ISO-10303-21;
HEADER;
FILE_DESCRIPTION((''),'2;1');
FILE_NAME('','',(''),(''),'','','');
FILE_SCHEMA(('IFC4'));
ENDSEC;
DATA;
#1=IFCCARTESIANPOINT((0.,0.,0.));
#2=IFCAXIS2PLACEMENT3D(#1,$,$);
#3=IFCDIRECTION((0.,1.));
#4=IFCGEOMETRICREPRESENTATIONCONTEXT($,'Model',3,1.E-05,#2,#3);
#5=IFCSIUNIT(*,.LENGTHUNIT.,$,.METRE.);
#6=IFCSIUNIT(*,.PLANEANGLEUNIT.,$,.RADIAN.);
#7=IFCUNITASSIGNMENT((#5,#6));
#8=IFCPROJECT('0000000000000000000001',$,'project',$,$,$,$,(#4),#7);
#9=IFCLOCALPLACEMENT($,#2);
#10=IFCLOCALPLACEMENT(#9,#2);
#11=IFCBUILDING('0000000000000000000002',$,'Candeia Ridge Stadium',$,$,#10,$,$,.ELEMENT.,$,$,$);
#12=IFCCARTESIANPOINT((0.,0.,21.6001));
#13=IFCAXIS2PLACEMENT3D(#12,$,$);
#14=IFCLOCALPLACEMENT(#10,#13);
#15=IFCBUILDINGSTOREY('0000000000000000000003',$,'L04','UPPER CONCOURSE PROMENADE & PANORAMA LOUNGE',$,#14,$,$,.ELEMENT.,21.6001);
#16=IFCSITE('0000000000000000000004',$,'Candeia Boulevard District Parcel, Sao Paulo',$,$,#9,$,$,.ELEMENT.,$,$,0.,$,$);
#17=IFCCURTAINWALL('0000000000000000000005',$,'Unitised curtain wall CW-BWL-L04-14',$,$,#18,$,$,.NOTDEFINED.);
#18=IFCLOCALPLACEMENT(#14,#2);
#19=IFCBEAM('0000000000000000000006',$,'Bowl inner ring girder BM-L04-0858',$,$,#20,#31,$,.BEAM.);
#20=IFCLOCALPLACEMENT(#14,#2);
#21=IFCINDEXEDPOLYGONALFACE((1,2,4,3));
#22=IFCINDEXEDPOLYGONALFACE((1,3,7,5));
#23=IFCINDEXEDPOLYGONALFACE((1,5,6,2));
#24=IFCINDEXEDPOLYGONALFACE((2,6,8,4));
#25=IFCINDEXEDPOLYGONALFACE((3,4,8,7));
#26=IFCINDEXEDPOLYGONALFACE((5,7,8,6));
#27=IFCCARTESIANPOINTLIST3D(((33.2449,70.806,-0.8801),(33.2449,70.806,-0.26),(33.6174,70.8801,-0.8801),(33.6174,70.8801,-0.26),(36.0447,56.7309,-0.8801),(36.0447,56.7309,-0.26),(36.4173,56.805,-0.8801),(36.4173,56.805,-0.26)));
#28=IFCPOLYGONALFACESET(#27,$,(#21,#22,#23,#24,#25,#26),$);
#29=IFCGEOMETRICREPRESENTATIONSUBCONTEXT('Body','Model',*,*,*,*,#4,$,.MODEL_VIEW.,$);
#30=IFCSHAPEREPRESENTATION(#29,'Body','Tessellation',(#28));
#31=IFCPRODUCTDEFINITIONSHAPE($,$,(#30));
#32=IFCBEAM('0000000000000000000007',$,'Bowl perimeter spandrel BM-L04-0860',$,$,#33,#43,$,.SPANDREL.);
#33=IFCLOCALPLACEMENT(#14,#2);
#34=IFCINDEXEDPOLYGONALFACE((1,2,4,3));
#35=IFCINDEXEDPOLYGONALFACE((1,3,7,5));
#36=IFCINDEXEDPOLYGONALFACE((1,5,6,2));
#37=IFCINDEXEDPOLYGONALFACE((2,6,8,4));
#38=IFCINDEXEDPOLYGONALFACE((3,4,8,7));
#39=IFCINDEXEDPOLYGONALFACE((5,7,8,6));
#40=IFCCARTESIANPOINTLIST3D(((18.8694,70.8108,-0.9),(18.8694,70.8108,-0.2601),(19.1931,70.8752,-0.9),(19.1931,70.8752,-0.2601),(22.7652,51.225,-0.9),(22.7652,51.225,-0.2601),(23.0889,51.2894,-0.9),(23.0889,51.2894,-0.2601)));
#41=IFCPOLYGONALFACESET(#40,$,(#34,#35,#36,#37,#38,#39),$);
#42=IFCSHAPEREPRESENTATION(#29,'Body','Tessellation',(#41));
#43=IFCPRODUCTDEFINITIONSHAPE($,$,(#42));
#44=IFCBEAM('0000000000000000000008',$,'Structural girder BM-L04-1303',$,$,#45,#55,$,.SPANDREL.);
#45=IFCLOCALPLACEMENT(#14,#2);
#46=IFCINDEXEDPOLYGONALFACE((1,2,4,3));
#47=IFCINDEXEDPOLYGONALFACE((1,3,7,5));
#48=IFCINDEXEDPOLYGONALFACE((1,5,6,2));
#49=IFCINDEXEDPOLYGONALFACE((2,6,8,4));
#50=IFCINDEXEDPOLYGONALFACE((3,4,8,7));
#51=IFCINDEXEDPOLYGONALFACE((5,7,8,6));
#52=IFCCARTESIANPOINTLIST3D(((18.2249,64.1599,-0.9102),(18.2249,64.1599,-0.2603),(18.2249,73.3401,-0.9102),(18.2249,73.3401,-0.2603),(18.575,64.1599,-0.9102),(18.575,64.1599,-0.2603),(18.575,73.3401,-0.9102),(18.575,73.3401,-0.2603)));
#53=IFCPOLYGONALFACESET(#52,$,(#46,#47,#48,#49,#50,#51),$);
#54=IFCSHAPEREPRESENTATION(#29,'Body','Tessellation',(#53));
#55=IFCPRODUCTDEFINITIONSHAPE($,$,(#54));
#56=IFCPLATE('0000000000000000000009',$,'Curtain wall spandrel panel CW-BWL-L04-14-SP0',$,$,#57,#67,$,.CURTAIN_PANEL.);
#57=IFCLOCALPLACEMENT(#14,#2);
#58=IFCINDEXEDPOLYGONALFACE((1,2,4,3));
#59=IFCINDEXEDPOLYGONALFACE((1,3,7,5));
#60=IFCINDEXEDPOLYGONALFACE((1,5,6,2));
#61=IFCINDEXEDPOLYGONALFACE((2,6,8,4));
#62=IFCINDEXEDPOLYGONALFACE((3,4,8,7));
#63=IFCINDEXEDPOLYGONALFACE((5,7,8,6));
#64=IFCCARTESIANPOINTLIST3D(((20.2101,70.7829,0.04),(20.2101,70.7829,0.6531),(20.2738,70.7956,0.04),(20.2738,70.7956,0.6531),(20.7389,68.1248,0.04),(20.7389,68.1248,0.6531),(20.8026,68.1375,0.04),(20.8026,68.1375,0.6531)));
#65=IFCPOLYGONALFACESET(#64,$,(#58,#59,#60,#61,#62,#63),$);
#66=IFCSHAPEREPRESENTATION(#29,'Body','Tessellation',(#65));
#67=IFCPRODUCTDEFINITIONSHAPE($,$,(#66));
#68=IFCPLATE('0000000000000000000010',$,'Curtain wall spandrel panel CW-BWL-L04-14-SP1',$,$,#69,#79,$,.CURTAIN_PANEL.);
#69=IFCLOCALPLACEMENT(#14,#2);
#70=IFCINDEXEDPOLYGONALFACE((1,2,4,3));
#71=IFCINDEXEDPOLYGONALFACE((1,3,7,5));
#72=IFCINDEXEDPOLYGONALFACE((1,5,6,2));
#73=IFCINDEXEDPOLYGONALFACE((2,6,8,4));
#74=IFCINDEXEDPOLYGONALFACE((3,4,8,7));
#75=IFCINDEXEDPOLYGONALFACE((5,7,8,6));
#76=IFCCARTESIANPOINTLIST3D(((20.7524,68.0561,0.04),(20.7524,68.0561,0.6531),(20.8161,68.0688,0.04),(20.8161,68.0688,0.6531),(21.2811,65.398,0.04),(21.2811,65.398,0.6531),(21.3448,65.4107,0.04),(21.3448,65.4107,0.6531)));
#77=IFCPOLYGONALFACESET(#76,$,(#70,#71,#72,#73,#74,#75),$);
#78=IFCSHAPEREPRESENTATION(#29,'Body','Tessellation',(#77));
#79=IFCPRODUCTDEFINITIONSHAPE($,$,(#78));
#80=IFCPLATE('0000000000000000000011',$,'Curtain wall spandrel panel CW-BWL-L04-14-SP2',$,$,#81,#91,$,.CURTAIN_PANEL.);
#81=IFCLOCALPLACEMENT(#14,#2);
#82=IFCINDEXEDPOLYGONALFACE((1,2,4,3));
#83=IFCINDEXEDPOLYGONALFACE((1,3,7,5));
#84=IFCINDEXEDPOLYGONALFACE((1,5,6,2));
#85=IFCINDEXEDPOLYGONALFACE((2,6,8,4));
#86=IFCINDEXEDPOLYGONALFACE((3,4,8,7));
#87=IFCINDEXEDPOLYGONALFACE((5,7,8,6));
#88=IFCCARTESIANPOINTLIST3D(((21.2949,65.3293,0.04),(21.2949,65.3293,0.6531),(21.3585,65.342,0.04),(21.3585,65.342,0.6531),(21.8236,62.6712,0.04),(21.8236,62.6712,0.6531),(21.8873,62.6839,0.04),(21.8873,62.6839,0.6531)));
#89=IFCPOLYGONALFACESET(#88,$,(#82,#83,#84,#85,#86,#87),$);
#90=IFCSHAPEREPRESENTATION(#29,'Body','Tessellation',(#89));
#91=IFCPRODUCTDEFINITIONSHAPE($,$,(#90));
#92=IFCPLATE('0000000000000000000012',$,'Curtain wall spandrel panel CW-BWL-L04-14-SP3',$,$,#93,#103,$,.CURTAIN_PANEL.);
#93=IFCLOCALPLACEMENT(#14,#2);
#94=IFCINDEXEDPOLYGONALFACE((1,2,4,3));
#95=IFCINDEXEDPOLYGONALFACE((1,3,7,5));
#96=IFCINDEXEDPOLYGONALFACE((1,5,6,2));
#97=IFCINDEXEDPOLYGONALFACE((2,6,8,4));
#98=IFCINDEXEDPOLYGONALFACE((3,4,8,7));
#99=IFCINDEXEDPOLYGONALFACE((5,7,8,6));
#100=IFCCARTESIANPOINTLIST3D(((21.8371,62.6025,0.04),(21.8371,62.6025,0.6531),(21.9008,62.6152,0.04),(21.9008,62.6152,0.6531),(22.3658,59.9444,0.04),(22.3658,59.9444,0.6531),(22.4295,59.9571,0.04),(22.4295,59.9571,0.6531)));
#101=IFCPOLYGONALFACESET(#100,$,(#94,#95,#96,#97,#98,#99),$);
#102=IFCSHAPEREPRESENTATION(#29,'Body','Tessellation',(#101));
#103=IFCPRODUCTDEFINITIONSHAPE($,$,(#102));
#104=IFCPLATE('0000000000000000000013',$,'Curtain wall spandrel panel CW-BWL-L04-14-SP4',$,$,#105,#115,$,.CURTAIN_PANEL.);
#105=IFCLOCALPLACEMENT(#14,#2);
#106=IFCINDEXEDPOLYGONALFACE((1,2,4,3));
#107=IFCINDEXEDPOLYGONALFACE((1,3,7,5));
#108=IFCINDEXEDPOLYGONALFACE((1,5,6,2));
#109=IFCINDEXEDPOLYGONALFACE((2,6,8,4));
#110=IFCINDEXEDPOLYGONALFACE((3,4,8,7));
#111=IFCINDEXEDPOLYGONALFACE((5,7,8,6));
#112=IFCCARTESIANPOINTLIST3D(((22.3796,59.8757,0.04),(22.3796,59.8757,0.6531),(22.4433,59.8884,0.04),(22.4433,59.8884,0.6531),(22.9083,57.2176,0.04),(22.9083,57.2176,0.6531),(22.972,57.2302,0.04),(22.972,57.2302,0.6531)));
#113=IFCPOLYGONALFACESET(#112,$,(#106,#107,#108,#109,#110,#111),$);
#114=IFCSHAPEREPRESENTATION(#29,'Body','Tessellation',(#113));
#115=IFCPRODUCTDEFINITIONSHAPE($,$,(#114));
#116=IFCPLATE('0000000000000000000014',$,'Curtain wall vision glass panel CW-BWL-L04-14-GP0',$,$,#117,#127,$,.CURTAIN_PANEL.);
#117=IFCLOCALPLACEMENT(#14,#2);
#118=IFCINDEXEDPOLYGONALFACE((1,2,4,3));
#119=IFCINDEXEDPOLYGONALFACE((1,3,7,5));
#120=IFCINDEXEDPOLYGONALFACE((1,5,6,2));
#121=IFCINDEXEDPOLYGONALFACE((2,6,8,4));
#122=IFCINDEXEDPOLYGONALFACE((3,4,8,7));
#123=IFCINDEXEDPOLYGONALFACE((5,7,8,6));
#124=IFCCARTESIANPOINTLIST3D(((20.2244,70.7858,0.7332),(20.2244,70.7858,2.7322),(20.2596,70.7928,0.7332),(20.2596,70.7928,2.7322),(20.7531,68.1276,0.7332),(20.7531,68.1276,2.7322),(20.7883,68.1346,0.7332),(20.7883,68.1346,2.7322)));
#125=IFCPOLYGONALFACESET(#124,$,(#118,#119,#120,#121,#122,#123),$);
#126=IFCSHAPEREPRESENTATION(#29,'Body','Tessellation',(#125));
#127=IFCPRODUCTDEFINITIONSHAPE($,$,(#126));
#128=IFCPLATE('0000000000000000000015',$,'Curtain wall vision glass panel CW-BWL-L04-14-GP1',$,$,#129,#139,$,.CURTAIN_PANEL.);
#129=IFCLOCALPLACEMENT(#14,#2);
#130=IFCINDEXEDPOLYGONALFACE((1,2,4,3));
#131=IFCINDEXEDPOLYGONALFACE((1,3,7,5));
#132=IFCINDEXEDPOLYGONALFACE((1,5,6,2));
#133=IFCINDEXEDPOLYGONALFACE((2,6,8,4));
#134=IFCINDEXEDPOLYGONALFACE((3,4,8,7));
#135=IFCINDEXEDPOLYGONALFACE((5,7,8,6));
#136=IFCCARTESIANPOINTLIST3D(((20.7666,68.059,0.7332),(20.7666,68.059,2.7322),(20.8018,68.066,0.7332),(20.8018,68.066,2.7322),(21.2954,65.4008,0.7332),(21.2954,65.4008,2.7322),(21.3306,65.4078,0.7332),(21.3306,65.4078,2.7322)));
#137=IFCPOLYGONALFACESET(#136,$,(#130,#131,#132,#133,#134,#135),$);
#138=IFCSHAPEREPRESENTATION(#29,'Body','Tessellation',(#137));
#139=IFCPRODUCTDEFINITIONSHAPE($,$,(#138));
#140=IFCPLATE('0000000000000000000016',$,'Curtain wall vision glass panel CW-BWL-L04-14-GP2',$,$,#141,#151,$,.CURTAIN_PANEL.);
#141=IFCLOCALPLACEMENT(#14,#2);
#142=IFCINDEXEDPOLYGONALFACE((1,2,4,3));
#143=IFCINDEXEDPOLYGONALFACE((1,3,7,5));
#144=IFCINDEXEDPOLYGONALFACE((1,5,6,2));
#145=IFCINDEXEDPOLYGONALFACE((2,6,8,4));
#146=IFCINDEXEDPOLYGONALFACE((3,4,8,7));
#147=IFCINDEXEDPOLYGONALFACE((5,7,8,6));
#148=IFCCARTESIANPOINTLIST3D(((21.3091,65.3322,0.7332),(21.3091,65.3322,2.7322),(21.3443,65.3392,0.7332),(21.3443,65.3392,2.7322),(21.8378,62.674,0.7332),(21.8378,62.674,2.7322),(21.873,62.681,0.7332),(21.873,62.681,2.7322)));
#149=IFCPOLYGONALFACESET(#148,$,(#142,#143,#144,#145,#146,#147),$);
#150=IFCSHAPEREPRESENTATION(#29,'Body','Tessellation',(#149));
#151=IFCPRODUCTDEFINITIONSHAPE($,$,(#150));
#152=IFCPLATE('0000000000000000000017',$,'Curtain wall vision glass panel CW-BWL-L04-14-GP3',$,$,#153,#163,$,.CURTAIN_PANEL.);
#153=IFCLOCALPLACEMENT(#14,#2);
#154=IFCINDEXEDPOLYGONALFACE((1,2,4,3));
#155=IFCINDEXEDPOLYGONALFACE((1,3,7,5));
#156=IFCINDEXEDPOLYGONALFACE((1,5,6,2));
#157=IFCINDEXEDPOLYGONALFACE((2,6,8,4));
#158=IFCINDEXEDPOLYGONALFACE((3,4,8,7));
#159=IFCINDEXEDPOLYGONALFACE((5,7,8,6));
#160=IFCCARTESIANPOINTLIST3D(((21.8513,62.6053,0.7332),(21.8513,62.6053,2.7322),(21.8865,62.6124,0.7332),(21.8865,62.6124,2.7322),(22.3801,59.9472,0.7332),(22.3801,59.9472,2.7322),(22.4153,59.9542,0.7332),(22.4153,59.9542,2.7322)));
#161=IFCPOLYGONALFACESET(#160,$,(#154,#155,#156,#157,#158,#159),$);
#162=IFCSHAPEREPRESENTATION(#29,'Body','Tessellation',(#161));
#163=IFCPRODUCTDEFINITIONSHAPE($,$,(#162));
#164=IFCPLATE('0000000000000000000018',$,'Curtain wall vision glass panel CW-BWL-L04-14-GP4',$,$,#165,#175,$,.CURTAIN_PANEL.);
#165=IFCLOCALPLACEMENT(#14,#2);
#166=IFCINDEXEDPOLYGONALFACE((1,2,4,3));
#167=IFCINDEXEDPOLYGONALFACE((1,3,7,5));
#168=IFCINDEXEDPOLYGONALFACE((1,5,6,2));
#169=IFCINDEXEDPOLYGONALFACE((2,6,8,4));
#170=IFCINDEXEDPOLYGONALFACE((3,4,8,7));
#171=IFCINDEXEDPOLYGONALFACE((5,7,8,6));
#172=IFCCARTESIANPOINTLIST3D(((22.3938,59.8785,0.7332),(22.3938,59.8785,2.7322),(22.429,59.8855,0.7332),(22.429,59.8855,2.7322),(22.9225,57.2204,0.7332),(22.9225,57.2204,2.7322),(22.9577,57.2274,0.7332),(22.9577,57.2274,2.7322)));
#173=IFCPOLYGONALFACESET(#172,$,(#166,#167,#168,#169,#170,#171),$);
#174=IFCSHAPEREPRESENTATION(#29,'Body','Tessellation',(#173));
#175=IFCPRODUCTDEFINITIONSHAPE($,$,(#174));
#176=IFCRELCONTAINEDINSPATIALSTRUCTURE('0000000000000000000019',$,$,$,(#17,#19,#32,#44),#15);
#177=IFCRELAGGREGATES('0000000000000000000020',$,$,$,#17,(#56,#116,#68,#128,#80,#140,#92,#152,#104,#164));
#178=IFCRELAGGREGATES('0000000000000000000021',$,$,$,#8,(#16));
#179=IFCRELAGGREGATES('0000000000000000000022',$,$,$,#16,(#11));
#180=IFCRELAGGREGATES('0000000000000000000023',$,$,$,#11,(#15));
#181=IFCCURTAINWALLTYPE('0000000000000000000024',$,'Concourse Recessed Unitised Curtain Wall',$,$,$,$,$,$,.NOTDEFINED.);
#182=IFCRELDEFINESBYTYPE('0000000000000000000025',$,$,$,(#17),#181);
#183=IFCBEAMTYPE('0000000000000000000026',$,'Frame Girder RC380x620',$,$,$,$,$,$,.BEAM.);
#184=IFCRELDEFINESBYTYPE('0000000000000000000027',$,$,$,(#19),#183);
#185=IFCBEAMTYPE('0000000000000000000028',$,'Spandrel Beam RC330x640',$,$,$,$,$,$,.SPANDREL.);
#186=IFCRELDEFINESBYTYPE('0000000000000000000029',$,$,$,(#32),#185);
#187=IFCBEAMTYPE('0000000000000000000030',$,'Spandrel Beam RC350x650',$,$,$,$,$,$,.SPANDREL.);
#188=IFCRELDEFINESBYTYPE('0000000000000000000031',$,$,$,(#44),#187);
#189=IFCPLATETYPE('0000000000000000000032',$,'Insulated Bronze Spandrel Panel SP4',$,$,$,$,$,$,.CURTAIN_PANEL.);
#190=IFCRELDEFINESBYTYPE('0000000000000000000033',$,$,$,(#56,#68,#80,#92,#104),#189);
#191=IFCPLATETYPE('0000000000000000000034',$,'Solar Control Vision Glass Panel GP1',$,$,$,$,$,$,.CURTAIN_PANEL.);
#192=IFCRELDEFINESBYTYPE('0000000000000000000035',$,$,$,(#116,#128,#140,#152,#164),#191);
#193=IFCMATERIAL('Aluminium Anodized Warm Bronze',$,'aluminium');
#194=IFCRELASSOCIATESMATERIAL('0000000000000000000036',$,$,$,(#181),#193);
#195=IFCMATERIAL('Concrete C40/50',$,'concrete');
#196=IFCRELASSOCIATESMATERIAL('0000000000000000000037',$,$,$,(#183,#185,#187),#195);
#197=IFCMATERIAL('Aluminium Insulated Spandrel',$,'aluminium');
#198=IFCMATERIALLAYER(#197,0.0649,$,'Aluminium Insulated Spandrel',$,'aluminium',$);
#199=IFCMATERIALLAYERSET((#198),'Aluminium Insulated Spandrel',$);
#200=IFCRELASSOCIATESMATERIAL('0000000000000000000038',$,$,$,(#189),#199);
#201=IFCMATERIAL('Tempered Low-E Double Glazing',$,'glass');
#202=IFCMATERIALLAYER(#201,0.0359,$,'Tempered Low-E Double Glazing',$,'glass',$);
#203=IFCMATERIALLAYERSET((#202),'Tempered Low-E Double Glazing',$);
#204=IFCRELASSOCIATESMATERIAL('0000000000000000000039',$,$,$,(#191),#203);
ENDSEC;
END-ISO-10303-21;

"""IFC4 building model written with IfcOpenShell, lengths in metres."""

from ifc_helpers import new_model, si_unit, direction, frame, origin, origin_2d, place, context, subcontext, project, spatial, rectangle, extrude, material, layer, layer_set, material_profile, profile_set, type_object, element, aggregate, save


model = new_model("IFC4")

# Units and contexts
model_context = context("Model", 3, precision=1e-05, world=origin(), true_north=direction((0.0, 1.0)))
body_context = subcontext(model_context, "Body", "Model", "MODEL_VIEW")
ifc_project = project(units=[si_unit("LENGTHUNIT", "METRE"), si_unit("PLANEANGLEUNIT", "RADIAN")], contexts=[model_context])

# Site, building, storey
site_placement = place(None, origin())
site = spatial("IfcSite", under=ifc_project, at=site_placement, Name="Candeia Boulevard District Parcel, Sao Paulo", CompositionType="ELEMENT", RefElevation=0.0)
building_placement = place(site_placement, origin())
building = spatial("IfcBuilding", under=site, at=building_placement, Name="Candeia Ridge Stadium", CompositionType="ELEMENT")
storey_placement = place(building_placement, frame((0.0, 0.0, 21.6001)))
storey = spatial("IfcBuildingStorey", under=building, at=storey_placement, Name="L04", Description="UPPER CONCOURSE PROMENADE & PANORAMA LOUNGE", CompositionType="ELEMENT", Elevation=21.6001)

# Curtain wall
ifc_material_1 = material(Name="Aluminium Anodized Warm Bronze", Category="aluminium")
curtain_wall_type = type_object("IfcCurtainWallType", Name="Concourse Recessed Unitised Curtain Wall", PredefinedType="NOTDEFINED", material=ifc_material_1)
curtain_wall_placement = place(storey_placement, origin())
curtain_wall = element("IfcCurtainWall", 1, at=curtain_wall_placement, inside=storey, type_object=curtain_wall_type, Name="Unitised curtain wall CW-BWL-L04-14", PredefinedType="NOTDEFINED")

# Beams
ifc_material_2 = material(Name="Concrete C40/50", Category="concrete")
ifc_material_profile_1 = material_profile(ifc_material_2, rectangle(XDim=0.3799, YDim=0.6201, at=origin_2d()), Name="RC380x620", Category="concrete")
ifc_profile_set_1 = profile_set([ifc_material_profile_1], Name="Concrete C40/50")
beam_type_1 = type_object("IfcBeamType", Name="Frame Girder RC380x620", PredefinedType="BEAM", material=ifc_profile_set_1)
beam_1_placement = place(storey_placement, frame((33.4312, 70.843, -0.5701), z_axis=(0.195099, -0.980784, 0.0), x_axis=(0.980784, 0.195099, 0.0)))
element("IfcBeam", 2, at=beam_1_placement, inside=storey, type_object=beam_type_1, Name="Bowl inner ring girder BM-L04-0858", PredefinedType="BEAM", context=body_context, shape_type="SweptSolid", body=[
    extrude(rectangle(XDim=0.3799, YDim=0.6201, at=origin_2d()), origin(), (0.0, 0.0, 1.0), 14.3508),
])
ifc_material_profile_2 = material_profile(ifc_material_2, rectangle(XDim=0.3301, YDim=0.6399, at=origin_2d()), Name="RC330x640", Category="concrete")
ifc_profile_set_2 = profile_set([ifc_material_profile_2], Name="Concrete C40/50")
beam_type_2 = type_object("IfcBeamType", Name="Spandrel Beam RC330x640", PredefinedType="SPANDREL", material=ifc_profile_set_2)
beam_2_placement = place(storey_placement, frame((19.0312, 70.843, -0.5801), z_axis=(0.195086, -0.980786, 0.0), x_axis=(0.980786, 0.195086, 0.0)))
element("IfcBeam", 3, at=beam_2_placement, inside=storey, type_object=beam_type_2, Name="Bowl perimeter spandrel BM-L04-0860", PredefinedType="SPANDREL", context=body_context, shape_type="SweptSolid", body=[
    extrude(rectangle(XDim=0.3301, YDim=0.6399, at=origin_2d()), origin(), (0.0, 0.0, 1.0), 19.9695),
])
ifc_material_profile_3 = material_profile(ifc_material_2, rectangle(XDim=0.3501, YDim=0.6499, at=origin_2d()), Name="RC350x650", Category="concrete")
ifc_profile_set_3 = profile_set([ifc_material_profile_3], Name="Concrete C40/50")
beam_type_3 = type_object("IfcBeamType", Name="Spandrel Beam RC350x650", PredefinedType="SPANDREL", material=ifc_profile_set_3)
beam_3_placement = place(storey_placement, frame((18.3999, 64.1599, -0.5852), z_axis=(0.0, 1.0, 0.0), x_axis=(-1.0, 0.0, 0.0)))
element("IfcBeam", 4, at=beam_3_placement, inside=storey, type_object=beam_type_3, Name="Structural girder BM-L04-1303", PredefinedType="SPANDREL", context=body_context, shape_type="SweptSolid", body=[
    extrude(rectangle(XDim=0.3501, YDim=0.6499, at=origin_2d()), origin(), (0.0, 0.0, 1.0), 9.1802),
])

# Plates
ifc_material_3 = material(Name="Aluminium Insulated Spandrel", Category="aluminium")
ifc_layer_1 = layer(ifc_material_3, 0.0649, Name="Aluminium Insulated Spandrel", Category="aluminium")
ifc_layer_set_1 = layer_set([ifc_layer_1], Name="Aluminium Insulated Spandrel")
plate_type_1 = type_object("IfcPlateType", Name="Insulated Bronze Spandrel Panel SP4", PredefinedType="CURTAIN_PANEL", material=ifc_layer_set_1)
plate_1_placement = place(storey_placement, frame((20.5063, 69.4602, 0.04), z_axis=(0.0, 0.0, 1.0), x_axis=(0.19509, -0.980785, 0.0)))
plate_1 = element("IfcPlate", 5, at=plate_1_placement, type_object=plate_type_1, Name="Curtain wall spandrel panel CW-BWL-L04-14-SP0", PredefinedType="CURTAIN_PANEL", context=body_context, shape_type="SweptSolid", body=[
    extrude(rectangle(XDim=2.7102, YDim=0.0649, at=origin_2d()), origin(), (0.0, 0.0, 1.0), 0.613),
])
plate_2_placement = place(storey_placement, frame((21.0486, 66.7334, 0.04), z_axis=(0.0, 0.0, 1.0), x_axis=(0.19509, -0.980785, 0.0)))
plate_2 = element("IfcPlate", 6, at=plate_2_placement, type_object=plate_type_1, Name="Curtain wall spandrel panel CW-BWL-L04-14-SP1", PredefinedType="CURTAIN_PANEL", context=body_context, shape_type="SweptSolid", body=[
    extrude(rectangle(XDim=2.7102, YDim=0.0649, at=origin_2d()), origin(), (0.0, 0.0, 1.0), 0.613),
])
plate_3_placement = place(storey_placement, frame((21.5911, 64.0066, 0.04), z_axis=(0.0, 0.0, 1.0), x_axis=(0.19509, -0.980785, 0.0)))
plate_3 = element("IfcPlate", 7, at=plate_3_placement, type_object=plate_type_1, Name="Curtain wall spandrel panel CW-BWL-L04-14-SP2", PredefinedType="CURTAIN_PANEL", context=body_context, shape_type="SweptSolid", body=[
    extrude(rectangle(XDim=2.7102, YDim=0.0649, at=origin_2d()), origin(), (0.0, 0.0, 1.0), 0.613),
])
plate_4_placement = place(storey_placement, frame((22.1333, 61.2798, 0.04), z_axis=(0.0, 0.0, 1.0), x_axis=(0.19509, -0.980785, 0.0)))
plate_4 = element("IfcPlate", 8, at=plate_4_placement, type_object=plate_type_1, Name="Curtain wall spandrel panel CW-BWL-L04-14-SP3", PredefinedType="CURTAIN_PANEL", context=body_context, shape_type="SweptSolid", body=[
    extrude(rectangle(XDim=2.7102, YDim=0.0649, at=origin_2d()), origin(), (0.0, 0.0, 1.0), 0.613),
])
plate_5_placement = place(storey_placement, frame((22.6758, 58.553, 0.04), z_axis=(0.0, 0.0, 1.0), x_axis=(0.19509, -0.980785, 0.0)))
plate_5 = element("IfcPlate", 9, at=plate_5_placement, type_object=plate_type_1, Name="Curtain wall spandrel panel CW-BWL-L04-14-SP4", PredefinedType="CURTAIN_PANEL", context=body_context, shape_type="SweptSolid", body=[
    extrude(rectangle(XDim=2.7102, YDim=0.0649, at=origin_2d()), origin(), (0.0, 0.0, 1.0), 0.613),
])
ifc_material_4 = material(Name="Tempered Low-E Double Glazing", Category="glass")
ifc_layer_2 = layer(ifc_material_4, 0.0359, Name="Tempered Low-E Double Glazing", Category="glass")
ifc_layer_set_2 = layer_set([ifc_layer_2], Name="Tempered Low-E Double Glazing")
plate_type_2 = type_object("IfcPlateType", Name="Solar Control Vision Glass Panel GP1", PredefinedType="CURTAIN_PANEL", material=ifc_layer_set_2)
plate_6_placement = place(storey_placement, frame((20.5063, 69.4602, 0.7332), z_axis=(0.0, 0.0, 1.0), x_axis=(0.19509, -0.980785, 0.0)))
plate_6 = element("IfcPlate", 10, at=plate_6_placement, type_object=plate_type_2, Name="Curtain wall vision glass panel CW-BWL-L04-14-GP0", PredefinedType="CURTAIN_PANEL", context=body_context, shape_type="SweptSolid", body=[
    extrude(rectangle(XDim=2.7102, YDim=0.0359, at=origin_2d()), origin(), (0.0, 0.0, 1.0), 1.999),
])
plate_7_placement = place(storey_placement, frame((21.0486, 66.7334, 0.7332), z_axis=(0.0, 0.0, 1.0), x_axis=(0.19509, -0.980785, 0.0)))
plate_7 = element("IfcPlate", 11, at=plate_7_placement, type_object=plate_type_2, Name="Curtain wall vision glass panel CW-BWL-L04-14-GP1", PredefinedType="CURTAIN_PANEL", context=body_context, shape_type="SweptSolid", body=[
    extrude(rectangle(XDim=2.7102, YDim=0.0359, at=origin_2d()), origin(), (0.0, 0.0, 1.0), 1.999),
])
plate_8_placement = place(storey_placement, frame((21.5911, 64.0066, 0.7332), z_axis=(0.0, 0.0, 1.0), x_axis=(0.19509, -0.980785, 0.0)))
plate_8 = element("IfcPlate", 12, at=plate_8_placement, type_object=plate_type_2, Name="Curtain wall vision glass panel CW-BWL-L04-14-GP2", PredefinedType="CURTAIN_PANEL", context=body_context, shape_type="SweptSolid", body=[
    extrude(rectangle(XDim=2.7102, YDim=0.0359, at=origin_2d()), origin(), (0.0, 0.0, 1.0), 1.999),
])
plate_9_placement = place(storey_placement, frame((22.1333, 61.2798, 0.7332), z_axis=(0.0, 0.0, 1.0), x_axis=(0.19509, -0.980785, 0.0)))
plate_9 = element("IfcPlate", 13, at=plate_9_placement, type_object=plate_type_2, Name="Curtain wall vision glass panel CW-BWL-L04-14-GP3", PredefinedType="CURTAIN_PANEL", context=body_context, shape_type="SweptSolid", body=[
    extrude(rectangle(XDim=2.7102, YDim=0.0359, at=origin_2d()), origin(), (0.0, 0.0, 1.0), 1.999),
])
plate_10_placement = place(storey_placement, frame((22.6758, 58.553, 0.7332), z_axis=(0.0, 0.0, 1.0), x_axis=(0.19509, -0.980785, 0.0)))
plate_10 = element("IfcPlate", 14, at=plate_10_placement, type_object=plate_type_2, Name="Curtain wall vision glass panel CW-BWL-L04-14-GP4", PredefinedType="CURTAIN_PANEL", context=body_context, shape_type="SweptSolid", body=[
    extrude(rectangle(XDim=2.7102, YDim=0.0359, at=origin_2d()), origin(), (0.0, 0.0, 1.0), 1.999),
])
aggregate(curtain_wall, [plate_1, plate_6, plate_2, plate_7, plate_3, plate_8, plate_4, plate_9, plate_5, plate_10])

save(model, "model.ifc")
